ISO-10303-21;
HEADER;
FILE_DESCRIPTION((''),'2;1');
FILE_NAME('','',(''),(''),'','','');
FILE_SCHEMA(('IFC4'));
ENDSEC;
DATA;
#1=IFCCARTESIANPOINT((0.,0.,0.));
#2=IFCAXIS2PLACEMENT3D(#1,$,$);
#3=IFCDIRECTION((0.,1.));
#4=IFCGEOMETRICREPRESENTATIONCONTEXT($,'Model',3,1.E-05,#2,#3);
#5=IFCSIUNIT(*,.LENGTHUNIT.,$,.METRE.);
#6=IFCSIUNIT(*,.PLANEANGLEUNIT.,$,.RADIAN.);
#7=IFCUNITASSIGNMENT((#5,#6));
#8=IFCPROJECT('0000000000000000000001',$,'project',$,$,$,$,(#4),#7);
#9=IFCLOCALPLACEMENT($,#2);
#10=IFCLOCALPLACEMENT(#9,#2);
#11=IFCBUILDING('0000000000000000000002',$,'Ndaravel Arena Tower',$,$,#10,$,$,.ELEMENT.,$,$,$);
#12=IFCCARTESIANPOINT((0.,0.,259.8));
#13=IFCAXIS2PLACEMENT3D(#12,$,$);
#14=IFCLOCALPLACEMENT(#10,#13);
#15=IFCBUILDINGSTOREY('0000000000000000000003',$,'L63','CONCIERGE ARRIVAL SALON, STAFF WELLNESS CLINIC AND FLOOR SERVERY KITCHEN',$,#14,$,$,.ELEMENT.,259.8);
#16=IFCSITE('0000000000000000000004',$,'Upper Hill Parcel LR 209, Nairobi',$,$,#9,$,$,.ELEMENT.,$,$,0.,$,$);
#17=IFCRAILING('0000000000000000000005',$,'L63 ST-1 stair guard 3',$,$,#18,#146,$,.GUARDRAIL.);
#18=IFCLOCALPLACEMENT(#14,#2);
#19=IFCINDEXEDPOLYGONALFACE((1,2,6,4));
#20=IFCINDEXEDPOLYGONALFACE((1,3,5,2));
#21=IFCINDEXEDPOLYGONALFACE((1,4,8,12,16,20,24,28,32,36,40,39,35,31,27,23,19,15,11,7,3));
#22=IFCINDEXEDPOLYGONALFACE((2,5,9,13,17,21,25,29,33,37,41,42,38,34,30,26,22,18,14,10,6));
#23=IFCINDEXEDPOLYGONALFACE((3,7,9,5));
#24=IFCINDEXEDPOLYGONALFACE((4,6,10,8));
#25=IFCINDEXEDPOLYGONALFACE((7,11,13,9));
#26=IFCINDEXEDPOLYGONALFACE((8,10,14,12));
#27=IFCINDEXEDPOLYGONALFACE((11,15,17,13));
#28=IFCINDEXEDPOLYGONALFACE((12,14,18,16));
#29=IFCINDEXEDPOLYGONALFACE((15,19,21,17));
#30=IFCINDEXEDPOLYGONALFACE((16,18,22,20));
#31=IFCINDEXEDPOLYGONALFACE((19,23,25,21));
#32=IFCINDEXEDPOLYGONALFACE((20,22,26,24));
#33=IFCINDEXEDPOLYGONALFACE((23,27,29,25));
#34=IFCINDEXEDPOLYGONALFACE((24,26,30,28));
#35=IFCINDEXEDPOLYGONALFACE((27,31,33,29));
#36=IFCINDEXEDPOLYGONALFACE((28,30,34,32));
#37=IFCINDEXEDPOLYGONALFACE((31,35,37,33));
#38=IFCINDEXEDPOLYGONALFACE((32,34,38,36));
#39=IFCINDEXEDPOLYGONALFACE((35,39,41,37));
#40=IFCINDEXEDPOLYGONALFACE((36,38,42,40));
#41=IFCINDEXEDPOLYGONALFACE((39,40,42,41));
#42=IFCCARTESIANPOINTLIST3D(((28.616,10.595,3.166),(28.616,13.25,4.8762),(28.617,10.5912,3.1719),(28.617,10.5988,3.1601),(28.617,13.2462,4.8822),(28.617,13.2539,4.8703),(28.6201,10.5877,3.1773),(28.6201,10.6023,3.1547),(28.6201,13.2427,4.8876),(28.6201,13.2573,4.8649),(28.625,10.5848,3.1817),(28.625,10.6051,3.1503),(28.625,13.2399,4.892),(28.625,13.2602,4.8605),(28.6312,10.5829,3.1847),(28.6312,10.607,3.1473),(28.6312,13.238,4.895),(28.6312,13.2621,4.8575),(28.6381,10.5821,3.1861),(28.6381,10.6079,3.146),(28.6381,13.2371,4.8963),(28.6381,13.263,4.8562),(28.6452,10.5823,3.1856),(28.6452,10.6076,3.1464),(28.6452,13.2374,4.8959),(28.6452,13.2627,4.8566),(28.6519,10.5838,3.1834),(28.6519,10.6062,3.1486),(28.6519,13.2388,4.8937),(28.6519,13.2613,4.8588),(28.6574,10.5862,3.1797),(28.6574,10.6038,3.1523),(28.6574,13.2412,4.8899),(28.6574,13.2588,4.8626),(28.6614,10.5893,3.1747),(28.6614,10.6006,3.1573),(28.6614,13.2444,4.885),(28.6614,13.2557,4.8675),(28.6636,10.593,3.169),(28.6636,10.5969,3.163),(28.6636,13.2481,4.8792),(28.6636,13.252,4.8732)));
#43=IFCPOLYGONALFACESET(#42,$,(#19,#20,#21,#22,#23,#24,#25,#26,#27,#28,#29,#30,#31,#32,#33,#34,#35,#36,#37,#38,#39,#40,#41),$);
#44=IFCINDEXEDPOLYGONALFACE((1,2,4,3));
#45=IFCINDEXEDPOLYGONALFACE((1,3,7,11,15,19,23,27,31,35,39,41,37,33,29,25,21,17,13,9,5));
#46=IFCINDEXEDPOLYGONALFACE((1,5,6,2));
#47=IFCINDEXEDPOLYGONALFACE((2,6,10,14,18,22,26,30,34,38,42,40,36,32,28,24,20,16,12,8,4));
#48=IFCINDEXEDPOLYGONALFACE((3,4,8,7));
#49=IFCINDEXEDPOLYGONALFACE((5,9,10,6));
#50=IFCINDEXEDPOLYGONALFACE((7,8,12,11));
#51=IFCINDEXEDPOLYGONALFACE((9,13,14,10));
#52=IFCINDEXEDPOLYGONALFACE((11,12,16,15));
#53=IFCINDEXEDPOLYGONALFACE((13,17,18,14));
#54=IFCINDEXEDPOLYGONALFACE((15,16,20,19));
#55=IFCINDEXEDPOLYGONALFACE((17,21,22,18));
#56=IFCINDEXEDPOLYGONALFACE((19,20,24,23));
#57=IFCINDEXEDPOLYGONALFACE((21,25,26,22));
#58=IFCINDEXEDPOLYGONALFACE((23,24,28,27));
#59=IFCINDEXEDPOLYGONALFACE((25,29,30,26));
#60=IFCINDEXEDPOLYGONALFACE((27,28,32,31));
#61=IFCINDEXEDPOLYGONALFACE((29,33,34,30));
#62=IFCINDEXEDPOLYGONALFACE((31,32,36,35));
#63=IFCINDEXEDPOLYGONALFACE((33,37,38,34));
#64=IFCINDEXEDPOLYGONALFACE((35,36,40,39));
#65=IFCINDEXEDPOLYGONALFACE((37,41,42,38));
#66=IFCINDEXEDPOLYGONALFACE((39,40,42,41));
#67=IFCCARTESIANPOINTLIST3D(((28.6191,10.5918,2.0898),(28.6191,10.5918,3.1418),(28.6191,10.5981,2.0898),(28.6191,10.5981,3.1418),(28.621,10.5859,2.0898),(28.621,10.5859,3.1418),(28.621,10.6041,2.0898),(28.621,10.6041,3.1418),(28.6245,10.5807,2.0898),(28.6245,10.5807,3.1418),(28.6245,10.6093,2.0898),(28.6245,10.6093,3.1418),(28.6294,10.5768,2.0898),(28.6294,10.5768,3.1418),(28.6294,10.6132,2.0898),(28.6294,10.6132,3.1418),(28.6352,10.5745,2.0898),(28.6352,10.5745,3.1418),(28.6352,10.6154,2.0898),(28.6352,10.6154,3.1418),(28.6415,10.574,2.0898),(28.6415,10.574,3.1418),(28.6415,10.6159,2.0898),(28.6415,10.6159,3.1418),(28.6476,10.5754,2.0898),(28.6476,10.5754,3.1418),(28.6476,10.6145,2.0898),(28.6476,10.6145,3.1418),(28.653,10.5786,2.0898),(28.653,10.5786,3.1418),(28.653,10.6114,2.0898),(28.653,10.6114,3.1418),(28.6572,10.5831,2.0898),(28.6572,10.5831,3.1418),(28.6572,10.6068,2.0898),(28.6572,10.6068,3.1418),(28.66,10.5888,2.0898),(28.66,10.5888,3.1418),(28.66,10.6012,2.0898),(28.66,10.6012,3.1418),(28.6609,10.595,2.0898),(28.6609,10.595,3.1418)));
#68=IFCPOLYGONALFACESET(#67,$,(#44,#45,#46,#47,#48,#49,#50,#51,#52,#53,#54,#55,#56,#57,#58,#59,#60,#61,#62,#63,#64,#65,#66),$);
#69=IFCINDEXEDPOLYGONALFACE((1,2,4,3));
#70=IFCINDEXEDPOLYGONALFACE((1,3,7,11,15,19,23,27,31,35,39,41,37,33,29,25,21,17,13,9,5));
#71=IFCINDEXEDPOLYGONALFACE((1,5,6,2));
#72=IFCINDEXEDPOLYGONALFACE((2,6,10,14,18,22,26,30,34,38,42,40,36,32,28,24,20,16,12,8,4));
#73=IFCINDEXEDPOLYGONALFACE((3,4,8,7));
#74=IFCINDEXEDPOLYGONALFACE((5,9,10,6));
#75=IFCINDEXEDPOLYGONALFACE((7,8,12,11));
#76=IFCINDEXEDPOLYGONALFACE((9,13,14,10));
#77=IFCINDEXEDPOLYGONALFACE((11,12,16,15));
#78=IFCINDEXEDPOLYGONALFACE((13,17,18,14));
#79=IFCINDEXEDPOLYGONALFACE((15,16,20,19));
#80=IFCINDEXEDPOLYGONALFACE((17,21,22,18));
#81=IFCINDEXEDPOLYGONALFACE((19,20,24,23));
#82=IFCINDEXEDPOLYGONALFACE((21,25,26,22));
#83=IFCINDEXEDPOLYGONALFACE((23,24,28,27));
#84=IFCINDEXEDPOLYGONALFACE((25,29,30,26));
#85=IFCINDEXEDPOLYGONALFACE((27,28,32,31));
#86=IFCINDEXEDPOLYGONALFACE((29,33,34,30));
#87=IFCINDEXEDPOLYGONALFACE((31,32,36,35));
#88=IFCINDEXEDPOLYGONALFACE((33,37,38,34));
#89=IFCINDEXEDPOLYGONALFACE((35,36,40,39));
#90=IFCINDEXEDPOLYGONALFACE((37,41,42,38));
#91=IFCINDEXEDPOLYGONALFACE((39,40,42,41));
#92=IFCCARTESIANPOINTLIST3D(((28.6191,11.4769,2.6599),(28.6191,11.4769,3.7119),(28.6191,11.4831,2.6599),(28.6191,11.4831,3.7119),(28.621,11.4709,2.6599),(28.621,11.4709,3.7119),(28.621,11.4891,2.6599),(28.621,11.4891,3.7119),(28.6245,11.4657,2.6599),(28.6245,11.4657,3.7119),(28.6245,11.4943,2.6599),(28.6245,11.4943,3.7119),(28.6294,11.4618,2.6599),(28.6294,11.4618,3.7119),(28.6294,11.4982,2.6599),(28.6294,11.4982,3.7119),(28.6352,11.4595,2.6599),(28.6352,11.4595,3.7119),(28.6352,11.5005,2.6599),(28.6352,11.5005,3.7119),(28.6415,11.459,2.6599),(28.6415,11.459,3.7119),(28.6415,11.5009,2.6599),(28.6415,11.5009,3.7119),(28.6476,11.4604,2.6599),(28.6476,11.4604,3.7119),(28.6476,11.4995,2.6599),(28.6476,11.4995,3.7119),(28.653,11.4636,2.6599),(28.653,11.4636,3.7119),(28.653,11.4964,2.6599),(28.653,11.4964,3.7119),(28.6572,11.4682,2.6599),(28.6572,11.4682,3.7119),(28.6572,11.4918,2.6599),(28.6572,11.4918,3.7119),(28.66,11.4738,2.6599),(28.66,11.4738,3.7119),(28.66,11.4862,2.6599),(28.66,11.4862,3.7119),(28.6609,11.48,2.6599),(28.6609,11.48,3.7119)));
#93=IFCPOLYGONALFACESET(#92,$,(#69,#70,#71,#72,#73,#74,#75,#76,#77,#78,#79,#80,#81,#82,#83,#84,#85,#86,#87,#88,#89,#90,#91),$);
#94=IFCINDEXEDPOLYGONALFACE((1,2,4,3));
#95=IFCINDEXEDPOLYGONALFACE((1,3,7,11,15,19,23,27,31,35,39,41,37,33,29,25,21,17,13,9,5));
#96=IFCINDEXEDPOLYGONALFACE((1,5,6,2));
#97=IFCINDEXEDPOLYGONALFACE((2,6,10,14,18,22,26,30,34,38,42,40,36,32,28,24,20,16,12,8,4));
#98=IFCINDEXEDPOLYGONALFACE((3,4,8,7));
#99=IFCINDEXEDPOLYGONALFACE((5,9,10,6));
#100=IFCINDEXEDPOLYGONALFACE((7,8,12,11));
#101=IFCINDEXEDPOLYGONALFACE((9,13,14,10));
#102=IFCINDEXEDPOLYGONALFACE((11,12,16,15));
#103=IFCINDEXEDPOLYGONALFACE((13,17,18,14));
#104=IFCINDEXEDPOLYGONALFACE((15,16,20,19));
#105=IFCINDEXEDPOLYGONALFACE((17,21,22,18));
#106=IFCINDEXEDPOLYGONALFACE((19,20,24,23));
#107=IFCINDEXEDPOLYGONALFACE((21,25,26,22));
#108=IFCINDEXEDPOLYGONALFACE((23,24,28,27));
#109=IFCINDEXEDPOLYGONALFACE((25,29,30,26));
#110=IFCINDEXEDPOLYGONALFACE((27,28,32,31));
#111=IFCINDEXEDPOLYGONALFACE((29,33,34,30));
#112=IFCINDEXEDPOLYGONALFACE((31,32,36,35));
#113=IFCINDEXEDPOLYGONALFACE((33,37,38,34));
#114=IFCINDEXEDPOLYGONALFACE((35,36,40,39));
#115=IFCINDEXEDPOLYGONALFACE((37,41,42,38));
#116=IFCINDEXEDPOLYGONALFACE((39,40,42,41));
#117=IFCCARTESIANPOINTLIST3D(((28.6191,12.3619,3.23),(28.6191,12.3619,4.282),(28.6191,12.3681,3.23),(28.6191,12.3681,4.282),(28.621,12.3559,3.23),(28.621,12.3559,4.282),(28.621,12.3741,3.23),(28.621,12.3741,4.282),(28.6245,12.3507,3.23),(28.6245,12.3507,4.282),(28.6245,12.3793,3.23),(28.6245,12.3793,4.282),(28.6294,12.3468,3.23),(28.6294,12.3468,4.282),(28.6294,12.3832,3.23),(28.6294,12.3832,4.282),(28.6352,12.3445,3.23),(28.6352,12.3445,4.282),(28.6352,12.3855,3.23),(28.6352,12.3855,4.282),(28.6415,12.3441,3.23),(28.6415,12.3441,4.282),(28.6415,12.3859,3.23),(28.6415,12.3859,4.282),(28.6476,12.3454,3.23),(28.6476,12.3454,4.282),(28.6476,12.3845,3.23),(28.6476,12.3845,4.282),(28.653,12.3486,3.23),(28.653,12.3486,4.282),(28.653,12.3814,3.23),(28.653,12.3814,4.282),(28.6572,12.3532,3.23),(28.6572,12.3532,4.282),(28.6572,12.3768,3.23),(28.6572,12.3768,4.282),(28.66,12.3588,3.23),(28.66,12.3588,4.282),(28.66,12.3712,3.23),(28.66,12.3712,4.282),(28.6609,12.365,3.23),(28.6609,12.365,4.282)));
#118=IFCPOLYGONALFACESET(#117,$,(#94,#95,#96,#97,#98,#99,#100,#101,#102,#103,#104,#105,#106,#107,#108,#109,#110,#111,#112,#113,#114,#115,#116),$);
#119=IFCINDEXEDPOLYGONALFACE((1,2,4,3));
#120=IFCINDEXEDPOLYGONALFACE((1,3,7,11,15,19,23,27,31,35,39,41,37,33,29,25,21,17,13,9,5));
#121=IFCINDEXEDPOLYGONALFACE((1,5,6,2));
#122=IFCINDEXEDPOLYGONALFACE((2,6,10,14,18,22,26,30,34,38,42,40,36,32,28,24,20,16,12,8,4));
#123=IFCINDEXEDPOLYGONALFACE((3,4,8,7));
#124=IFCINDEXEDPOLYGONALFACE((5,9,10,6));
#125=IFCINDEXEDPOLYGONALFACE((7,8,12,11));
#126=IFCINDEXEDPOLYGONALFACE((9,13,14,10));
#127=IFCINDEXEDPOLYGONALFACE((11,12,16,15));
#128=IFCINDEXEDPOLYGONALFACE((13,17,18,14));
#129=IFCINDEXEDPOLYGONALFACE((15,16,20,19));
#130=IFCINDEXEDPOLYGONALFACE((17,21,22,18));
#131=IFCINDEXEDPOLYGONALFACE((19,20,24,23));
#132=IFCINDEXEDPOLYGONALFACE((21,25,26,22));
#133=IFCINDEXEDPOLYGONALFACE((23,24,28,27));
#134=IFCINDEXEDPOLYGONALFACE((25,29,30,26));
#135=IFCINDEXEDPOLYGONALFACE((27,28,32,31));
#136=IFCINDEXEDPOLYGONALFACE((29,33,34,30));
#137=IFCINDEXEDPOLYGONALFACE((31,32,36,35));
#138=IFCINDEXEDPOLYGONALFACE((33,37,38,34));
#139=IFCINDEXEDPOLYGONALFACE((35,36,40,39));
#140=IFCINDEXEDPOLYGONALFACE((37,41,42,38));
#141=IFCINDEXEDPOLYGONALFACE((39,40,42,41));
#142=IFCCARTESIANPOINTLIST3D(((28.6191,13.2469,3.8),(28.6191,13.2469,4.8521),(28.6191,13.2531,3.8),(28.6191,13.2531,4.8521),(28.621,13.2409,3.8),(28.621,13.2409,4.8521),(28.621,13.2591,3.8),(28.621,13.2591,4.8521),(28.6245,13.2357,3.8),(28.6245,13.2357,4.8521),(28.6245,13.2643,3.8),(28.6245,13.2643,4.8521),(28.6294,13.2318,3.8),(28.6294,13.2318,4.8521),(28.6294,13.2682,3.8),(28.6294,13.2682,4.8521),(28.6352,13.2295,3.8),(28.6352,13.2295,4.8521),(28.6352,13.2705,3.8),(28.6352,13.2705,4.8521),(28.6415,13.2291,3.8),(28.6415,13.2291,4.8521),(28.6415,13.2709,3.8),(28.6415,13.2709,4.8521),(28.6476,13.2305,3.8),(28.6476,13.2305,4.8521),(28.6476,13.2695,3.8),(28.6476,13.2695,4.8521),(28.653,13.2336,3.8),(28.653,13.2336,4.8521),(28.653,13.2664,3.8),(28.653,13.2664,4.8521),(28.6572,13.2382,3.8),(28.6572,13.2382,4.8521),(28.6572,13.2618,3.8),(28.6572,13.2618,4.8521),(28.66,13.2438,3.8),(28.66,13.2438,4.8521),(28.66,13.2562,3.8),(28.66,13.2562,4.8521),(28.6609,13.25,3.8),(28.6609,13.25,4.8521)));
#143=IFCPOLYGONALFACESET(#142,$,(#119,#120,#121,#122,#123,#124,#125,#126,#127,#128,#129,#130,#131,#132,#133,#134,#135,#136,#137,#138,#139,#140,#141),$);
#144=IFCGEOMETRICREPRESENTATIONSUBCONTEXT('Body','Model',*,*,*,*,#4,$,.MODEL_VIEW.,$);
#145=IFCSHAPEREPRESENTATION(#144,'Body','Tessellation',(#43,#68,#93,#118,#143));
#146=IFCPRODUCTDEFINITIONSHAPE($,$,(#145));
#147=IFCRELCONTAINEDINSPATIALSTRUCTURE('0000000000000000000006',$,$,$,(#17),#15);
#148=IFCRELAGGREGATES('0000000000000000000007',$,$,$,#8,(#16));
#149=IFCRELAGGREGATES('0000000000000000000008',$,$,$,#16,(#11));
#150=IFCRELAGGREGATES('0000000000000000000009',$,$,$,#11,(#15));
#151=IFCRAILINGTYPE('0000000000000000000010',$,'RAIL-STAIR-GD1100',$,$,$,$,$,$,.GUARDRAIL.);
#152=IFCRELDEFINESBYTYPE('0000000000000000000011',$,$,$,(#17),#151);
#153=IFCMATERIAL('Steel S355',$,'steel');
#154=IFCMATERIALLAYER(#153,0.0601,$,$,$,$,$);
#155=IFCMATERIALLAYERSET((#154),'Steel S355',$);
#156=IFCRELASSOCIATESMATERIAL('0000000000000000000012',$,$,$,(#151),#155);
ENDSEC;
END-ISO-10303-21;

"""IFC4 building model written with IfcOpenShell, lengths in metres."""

from ifc_helpers import new_model, si_unit, direction, frame, origin, origin_2d, place, context, subcontext, project, spatial, circle, extrude, material, layer, layer_set, type_object, element, save


model = new_model("IFC4")

# Units and contexts
model_context = context("Model", 3, precision=1e-05, world=origin(), true_north=direction((0.0, 1.0)))
body_context = subcontext(model_context, "Body", "Model", "MODEL_VIEW")
ifc_project = project(units=[si_unit("LENGTHUNIT", "METRE"), si_unit("PLANEANGLEUNIT", "RADIAN")], contexts=[model_context])

# Site, building, storey
site_placement = place(None, origin())
site = spatial("IfcSite", under=ifc_project, at=site_placement, Name="Upper Hill Parcel LR 209, Nairobi", CompositionType="ELEMENT", RefElevation=0.0)
building_placement = place(site_placement, origin())
building = spatial("IfcBuilding", under=site, at=building_placement, Name="Ndaravel Arena Tower", CompositionType="ELEMENT")
storey_placement = place(building_placement, frame((0.0, 0.0, 259.8)))
storey = spatial("IfcBuildingStorey", under=building, at=storey_placement, Name="L63", Description="CONCIERGE ARRIVAL SALON, STAFF WELLNESS CLINIC AND FLOOR SERVERY KITCHEN", CompositionType="ELEMENT", Elevation=259.8)

# Railing
ifc_material_1 = material(Name="Steel S355", Category="steel")
ifc_layer_1 = layer(ifc_material_1, 0.0601)
ifc_layer_set_1 = layer_set([ifc_layer_1], Name="Steel S355")
railing_type_1 = type_object("IfcRailingType", Name="RAIL-STAIR-GD1100", PredefinedType="GUARDRAIL", material=ifc_layer_set_1)
railing_1_placement = place(storey_placement, frame((28.6399, 10.595, 2.0898)))
element("IfcRailing", 1, at=railing_1_placement, inside=storey, type_object=railing_type_1, Name="L63 ST-1 stair guard 3", PredefinedType="GUARDRAIL", context=body_context, shape_type="SweptSolid", body=[
    extrude(circle(Radius=0.0239, at=origin_2d()), frame((0.0, 0.0, 1.0762), z_axis=(0.0, 0.840688, 0.541519), x_axis=(-1.0, 0.0, 0.0)), (0.0, 0.0, 1.0), 3.1582),
    extrude(circle(Radius=0.021, at=origin_2d()), origin(), (0.0, 0.0, 1.0), 1.052),
    extrude(circle(Radius=0.021, at=origin_2d()), frame((0.0, 0.885, 0.5701)), (0.0, 0.0, 1.0), 1.052),
    extrude(circle(Radius=0.021, at=origin_2d()), frame((0.0, 1.77, 1.1401)), (0.0, 0.0, 1.0), 1.052),
    extrude(circle(Radius=0.021, at=origin_2d()), frame((0.0, 2.655, 1.7102)), (0.0, 0.0, 1.0), 1.052),
])

save(model, "model.ifc")
